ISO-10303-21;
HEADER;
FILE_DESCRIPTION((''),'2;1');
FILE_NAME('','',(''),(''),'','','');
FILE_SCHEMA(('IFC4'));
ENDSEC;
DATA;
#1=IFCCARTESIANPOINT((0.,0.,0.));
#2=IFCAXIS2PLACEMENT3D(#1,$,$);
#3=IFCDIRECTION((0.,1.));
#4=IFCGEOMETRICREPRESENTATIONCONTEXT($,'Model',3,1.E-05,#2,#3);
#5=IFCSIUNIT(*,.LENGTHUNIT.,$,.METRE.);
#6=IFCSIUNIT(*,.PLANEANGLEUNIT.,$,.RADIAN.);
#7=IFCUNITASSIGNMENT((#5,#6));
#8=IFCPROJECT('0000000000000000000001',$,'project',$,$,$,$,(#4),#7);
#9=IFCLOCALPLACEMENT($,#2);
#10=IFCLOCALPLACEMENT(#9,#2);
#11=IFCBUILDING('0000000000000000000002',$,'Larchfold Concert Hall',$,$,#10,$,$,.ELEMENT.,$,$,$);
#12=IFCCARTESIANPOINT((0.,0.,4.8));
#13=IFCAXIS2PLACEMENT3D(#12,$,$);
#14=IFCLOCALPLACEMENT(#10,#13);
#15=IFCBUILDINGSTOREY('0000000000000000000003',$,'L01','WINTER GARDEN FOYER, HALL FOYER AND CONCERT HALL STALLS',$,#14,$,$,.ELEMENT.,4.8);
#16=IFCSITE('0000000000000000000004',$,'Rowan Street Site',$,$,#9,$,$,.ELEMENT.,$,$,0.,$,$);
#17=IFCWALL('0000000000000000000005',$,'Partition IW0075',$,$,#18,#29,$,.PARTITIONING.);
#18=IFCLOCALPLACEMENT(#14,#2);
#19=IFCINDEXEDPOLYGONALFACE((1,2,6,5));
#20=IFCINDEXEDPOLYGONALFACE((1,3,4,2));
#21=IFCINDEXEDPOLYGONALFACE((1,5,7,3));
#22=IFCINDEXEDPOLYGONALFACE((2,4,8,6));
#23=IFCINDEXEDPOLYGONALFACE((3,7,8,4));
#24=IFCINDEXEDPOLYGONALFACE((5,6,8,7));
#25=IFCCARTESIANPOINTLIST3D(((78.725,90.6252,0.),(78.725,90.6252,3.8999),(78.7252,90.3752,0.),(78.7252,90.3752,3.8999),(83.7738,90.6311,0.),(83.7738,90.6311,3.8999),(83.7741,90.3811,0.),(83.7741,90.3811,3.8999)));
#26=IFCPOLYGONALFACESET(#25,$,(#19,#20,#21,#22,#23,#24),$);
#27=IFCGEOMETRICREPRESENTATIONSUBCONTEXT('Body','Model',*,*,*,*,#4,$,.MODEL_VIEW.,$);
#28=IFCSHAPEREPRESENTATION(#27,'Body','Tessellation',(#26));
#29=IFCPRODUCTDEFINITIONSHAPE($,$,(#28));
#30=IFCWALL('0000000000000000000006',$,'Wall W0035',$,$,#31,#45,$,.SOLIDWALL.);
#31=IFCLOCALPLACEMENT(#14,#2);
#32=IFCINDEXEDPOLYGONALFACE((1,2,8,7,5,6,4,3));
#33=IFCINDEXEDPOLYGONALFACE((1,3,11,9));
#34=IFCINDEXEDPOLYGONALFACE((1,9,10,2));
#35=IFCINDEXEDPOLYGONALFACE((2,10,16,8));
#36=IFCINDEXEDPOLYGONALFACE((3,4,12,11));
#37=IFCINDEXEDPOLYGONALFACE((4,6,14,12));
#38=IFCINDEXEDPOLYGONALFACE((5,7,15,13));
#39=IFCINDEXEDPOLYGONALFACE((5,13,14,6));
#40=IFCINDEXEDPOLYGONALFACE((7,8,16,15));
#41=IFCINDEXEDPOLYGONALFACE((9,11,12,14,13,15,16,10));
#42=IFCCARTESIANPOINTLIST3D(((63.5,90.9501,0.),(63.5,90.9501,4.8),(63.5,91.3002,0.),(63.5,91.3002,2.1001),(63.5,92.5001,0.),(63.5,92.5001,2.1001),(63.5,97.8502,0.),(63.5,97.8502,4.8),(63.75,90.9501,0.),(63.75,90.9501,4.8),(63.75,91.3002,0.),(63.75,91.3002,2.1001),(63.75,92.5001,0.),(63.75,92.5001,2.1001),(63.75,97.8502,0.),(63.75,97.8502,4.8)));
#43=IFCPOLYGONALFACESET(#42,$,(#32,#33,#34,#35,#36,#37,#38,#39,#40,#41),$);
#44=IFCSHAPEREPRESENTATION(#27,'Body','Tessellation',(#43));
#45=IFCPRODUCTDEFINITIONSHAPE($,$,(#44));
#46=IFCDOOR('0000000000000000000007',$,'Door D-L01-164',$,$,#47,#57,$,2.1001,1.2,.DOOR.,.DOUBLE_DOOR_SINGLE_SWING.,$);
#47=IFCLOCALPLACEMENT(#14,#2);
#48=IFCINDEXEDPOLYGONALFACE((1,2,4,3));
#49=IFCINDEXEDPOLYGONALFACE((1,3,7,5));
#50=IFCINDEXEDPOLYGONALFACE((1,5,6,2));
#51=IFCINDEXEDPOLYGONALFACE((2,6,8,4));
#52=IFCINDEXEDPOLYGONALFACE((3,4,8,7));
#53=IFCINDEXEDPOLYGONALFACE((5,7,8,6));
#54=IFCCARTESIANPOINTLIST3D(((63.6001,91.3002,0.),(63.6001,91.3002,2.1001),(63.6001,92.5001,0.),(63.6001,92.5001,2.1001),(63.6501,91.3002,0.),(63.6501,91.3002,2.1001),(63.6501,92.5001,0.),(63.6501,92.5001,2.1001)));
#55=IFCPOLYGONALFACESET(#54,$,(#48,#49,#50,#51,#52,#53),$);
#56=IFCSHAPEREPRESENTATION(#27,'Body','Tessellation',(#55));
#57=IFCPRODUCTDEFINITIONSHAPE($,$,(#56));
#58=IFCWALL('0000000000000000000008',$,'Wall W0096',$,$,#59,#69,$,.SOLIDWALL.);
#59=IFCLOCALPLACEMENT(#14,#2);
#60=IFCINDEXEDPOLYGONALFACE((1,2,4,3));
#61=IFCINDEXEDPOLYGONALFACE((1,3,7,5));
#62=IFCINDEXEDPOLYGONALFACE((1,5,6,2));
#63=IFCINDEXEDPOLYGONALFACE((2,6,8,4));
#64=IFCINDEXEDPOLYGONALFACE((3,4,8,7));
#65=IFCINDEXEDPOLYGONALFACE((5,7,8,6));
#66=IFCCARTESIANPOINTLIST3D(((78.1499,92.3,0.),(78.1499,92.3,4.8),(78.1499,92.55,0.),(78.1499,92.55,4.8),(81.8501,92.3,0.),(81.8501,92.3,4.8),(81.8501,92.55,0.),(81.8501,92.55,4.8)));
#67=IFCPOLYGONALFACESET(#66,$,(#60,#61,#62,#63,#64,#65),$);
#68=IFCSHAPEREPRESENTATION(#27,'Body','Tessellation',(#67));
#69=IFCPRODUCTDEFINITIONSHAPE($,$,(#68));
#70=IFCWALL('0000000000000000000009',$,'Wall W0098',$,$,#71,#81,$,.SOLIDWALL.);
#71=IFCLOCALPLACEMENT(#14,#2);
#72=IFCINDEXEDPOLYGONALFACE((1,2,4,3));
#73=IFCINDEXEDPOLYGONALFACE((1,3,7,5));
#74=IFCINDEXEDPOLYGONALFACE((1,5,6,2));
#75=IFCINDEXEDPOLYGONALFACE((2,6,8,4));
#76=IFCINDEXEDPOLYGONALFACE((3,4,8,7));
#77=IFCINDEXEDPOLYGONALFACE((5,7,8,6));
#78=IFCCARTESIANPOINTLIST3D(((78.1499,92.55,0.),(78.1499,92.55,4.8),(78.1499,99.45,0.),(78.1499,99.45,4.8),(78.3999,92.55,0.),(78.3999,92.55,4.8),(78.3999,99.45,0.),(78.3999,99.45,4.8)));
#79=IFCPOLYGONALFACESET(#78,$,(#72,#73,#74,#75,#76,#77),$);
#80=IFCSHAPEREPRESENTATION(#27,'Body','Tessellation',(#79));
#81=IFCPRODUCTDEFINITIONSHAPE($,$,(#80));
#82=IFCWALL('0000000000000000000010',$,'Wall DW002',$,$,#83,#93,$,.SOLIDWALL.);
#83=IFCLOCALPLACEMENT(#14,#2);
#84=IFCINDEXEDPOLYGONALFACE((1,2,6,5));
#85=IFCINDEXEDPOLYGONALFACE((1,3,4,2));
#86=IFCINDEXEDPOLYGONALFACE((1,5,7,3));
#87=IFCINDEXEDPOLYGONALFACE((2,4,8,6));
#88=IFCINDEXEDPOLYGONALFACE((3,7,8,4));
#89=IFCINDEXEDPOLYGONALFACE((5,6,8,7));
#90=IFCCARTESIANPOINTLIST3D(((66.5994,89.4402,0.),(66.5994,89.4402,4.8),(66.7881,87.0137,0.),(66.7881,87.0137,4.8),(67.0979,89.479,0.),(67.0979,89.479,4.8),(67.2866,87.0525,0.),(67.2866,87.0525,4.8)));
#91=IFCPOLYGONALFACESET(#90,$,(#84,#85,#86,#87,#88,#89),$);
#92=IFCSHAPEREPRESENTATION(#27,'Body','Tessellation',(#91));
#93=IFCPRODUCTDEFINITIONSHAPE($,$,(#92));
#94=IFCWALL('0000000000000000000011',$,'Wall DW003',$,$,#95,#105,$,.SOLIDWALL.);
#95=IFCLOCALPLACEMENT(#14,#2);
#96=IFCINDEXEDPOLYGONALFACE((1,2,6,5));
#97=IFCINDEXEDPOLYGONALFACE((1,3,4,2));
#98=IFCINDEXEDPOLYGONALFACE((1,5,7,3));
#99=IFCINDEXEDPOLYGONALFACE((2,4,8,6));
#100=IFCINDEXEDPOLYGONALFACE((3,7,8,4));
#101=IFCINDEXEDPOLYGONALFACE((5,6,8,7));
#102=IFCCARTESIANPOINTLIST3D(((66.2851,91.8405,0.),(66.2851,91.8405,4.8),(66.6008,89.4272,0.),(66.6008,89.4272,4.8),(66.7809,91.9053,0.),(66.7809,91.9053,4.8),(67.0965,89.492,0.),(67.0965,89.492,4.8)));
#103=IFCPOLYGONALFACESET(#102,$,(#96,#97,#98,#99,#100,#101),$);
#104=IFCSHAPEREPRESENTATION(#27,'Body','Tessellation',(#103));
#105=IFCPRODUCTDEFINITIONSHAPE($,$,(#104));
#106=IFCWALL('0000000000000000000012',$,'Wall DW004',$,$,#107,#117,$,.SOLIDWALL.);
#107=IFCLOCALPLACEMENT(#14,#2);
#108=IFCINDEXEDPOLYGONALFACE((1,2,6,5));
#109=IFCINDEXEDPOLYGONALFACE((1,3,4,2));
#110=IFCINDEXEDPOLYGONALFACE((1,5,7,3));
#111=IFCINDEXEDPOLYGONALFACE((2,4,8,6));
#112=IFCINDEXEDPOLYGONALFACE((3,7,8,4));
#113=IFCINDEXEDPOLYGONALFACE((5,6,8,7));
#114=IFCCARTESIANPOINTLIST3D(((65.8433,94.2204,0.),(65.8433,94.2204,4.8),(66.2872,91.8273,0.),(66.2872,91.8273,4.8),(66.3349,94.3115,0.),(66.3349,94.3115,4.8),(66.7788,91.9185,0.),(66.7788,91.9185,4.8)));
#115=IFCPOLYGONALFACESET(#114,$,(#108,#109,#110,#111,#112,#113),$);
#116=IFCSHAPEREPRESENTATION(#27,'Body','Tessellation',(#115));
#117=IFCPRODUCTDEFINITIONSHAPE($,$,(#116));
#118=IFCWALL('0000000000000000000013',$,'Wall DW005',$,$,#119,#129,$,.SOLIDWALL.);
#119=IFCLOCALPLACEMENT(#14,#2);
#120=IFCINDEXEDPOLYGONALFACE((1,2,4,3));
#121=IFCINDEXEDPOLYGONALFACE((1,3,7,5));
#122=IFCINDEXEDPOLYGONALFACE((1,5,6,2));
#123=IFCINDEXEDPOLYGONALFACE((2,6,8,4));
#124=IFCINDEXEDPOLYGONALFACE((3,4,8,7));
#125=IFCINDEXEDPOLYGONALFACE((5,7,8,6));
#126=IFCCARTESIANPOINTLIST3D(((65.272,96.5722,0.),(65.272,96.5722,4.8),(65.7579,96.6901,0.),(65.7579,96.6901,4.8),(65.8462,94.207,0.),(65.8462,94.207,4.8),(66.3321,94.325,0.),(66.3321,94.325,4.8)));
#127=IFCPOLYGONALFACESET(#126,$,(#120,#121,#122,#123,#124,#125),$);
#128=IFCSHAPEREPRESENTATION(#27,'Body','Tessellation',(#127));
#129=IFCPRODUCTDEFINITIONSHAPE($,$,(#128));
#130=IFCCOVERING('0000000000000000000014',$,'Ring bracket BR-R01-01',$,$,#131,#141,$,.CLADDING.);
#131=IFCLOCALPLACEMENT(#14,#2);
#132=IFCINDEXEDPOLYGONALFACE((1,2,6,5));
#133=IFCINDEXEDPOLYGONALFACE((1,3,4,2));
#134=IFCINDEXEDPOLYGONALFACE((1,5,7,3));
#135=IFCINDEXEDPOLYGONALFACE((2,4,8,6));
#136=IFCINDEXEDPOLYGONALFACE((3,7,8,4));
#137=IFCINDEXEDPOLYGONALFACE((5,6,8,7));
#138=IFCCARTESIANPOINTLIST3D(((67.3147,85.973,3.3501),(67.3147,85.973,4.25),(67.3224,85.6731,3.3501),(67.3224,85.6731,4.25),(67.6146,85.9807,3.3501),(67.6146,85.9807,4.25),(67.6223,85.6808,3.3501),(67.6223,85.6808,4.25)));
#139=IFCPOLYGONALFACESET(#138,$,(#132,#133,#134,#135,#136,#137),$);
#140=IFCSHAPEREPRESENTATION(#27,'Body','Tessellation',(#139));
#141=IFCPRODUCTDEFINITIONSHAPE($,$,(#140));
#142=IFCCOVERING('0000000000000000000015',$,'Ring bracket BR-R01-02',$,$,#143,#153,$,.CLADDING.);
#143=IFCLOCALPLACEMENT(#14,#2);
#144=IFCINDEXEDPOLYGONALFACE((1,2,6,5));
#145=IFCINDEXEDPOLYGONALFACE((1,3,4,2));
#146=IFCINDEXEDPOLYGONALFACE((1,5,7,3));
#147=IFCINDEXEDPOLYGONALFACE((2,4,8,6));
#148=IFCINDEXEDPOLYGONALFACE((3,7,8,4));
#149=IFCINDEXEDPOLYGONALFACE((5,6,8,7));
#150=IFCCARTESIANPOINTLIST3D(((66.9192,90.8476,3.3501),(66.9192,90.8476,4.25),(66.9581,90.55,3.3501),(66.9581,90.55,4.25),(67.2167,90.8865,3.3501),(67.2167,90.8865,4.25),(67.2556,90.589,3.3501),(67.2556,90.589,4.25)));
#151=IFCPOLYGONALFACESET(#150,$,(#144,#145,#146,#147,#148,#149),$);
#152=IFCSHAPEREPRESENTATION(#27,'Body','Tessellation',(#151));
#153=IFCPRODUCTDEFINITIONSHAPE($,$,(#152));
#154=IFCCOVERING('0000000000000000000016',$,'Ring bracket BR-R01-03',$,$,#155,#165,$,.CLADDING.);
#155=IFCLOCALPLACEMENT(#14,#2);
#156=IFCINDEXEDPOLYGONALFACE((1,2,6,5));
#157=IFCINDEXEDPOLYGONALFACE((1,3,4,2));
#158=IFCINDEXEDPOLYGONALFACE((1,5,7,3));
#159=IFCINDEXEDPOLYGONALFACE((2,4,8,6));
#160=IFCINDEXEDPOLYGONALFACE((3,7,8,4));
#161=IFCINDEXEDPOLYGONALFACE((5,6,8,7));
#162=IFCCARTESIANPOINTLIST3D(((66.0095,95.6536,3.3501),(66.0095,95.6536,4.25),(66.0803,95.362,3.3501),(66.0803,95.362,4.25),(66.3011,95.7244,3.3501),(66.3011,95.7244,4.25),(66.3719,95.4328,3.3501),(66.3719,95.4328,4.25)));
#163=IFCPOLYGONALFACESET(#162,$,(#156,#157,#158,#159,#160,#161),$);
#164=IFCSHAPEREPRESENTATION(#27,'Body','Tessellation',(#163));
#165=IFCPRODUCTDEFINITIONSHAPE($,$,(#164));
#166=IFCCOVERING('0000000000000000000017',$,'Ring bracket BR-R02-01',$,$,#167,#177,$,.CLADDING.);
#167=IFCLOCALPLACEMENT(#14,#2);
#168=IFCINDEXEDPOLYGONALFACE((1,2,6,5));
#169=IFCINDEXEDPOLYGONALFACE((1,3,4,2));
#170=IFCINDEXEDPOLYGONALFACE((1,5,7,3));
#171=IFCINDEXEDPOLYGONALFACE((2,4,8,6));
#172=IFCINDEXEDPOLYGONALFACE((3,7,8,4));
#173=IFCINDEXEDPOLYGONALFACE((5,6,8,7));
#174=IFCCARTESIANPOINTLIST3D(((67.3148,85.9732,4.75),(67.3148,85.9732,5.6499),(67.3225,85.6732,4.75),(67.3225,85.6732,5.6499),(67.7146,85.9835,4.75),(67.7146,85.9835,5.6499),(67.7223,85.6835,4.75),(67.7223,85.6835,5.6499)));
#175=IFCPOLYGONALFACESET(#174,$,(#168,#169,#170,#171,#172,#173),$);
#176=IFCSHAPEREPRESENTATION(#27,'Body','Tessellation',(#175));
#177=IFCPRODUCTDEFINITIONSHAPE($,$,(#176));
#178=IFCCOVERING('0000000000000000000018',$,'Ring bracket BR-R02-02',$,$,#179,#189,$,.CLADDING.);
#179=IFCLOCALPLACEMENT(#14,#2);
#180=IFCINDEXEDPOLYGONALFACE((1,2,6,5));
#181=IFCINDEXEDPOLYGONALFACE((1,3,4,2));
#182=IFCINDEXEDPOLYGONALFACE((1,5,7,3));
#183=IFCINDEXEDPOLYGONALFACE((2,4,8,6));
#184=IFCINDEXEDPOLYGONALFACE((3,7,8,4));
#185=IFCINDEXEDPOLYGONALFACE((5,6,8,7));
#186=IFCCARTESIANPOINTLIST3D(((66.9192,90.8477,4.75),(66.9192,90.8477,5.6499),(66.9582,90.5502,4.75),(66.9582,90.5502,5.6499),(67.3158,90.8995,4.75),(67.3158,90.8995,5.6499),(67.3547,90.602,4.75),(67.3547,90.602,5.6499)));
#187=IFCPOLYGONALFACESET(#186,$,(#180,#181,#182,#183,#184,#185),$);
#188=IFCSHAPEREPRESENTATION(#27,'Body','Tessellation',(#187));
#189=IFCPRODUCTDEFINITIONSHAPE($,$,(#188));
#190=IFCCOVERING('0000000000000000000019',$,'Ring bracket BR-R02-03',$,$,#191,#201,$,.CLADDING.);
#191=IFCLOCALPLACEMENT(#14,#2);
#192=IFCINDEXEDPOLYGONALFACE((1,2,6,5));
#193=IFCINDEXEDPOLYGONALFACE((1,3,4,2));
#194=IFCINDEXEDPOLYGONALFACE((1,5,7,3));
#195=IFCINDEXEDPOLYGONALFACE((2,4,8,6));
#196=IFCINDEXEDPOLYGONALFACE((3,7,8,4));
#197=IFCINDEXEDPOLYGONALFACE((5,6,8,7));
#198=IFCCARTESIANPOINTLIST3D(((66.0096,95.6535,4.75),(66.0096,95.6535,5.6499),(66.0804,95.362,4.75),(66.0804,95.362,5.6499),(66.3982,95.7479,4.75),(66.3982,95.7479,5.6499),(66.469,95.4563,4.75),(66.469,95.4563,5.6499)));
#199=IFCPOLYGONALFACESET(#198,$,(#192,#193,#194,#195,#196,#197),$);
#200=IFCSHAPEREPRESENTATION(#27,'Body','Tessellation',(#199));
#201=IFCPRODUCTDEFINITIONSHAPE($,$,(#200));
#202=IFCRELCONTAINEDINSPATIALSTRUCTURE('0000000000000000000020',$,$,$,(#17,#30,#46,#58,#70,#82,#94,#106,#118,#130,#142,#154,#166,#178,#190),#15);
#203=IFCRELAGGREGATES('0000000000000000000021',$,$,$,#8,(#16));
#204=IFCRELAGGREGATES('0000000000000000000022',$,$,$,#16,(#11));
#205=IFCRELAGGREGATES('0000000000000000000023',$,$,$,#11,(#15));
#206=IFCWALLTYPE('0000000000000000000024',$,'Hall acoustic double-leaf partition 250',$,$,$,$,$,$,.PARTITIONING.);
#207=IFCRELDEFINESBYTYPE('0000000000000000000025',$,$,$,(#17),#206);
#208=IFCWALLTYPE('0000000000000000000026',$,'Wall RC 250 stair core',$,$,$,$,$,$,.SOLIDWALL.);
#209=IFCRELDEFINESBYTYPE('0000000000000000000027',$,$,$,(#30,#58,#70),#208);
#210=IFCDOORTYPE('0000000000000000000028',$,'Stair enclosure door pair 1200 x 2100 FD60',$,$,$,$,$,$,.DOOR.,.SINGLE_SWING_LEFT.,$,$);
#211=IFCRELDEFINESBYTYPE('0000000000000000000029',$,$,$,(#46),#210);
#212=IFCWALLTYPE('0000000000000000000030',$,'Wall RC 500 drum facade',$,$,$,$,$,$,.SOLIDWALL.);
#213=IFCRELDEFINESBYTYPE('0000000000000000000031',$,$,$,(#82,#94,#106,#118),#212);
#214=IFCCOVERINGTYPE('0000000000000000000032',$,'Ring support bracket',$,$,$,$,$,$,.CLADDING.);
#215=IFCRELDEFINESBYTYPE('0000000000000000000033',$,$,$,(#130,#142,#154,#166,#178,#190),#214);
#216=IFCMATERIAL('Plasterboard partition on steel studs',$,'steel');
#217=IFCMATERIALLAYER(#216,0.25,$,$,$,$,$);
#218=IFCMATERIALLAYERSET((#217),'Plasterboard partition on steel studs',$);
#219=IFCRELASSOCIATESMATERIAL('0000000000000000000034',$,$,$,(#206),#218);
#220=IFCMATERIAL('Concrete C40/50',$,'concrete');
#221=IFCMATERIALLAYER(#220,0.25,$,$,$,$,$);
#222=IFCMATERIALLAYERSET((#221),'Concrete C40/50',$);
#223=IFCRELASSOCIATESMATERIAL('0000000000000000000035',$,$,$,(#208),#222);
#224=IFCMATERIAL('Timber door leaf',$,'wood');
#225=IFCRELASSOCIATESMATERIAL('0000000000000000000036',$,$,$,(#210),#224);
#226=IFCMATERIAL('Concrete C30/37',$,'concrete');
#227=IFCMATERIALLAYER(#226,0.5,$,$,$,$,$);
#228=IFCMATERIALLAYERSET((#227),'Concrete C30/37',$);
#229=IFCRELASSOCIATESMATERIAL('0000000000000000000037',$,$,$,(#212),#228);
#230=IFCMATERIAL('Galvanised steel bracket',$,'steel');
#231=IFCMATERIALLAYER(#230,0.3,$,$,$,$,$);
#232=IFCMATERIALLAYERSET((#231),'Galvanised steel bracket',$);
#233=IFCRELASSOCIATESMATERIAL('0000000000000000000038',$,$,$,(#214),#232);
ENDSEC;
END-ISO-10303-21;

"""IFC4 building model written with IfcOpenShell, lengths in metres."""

from ifc_helpers import new_model, si_unit, direction, frame, frame_2d, origin, origin_2d, place, context, subcontext, project, spatial, rectangle, extrude, material, layer, layer_set, type_object, element, fill, save


model = new_model("IFC4")

# Units and contexts
model_context = context("Model", 3, precision=1e-05, world=origin(), true_north=direction((0.0, 1.0)))
body_context = subcontext(model_context, "Body", "Model", "MODEL_VIEW")
ifc_project = project(units=[si_unit("LENGTHUNIT", "METRE"), si_unit("PLANEANGLEUNIT", "RADIAN")], contexts=[model_context])

# Site, building, storey
site_placement = place(None, origin())
site = spatial("IfcSite", under=ifc_project, at=site_placement, Name="Rowan Street Site", CompositionType="ELEMENT", RefElevation=0.0)
building_placement = place(site_placement, origin())
building = spatial("IfcBuilding", under=site, at=building_placement, Name="Larchfold Concert Hall", CompositionType="ELEMENT")
storey_placement = place(building_placement, frame((0.0, 0.0, 4.8)))
storey = spatial("IfcBuildingStorey", under=building, at=storey_placement, Name="L01", Description="WINTER GARDEN FOYER, HALL FOYER AND CONCERT HALL STALLS", CompositionType="ELEMENT", Elevation=4.8)

# Wall
ifc_material_1 = material(Name="Plasterboard partition on steel studs", Category="steel")
ifc_layer_1 = layer(ifc_material_1, 0.25)
ifc_layer_set_1 = layer_set([ifc_layer_1], Name="Plasterboard partition on steel studs")
wall_type_1 = type_object("IfcWallType", Name="Hall acoustic double-leaf partition 250", PredefinedType="PARTITIONING", material=ifc_layer_set_1)
wall_1_placement = place(storey_placement, frame((78.7251, 90.5002, 0.0), z_axis=(0.0, 0.0, 1.0), x_axis=(0.999999, 0.001161, 0.0)))
element("IfcWall", 1, at=wall_1_placement, inside=storey, type_object=wall_type_1, Name="Partition IW0075", PredefinedType="PARTITIONING", context=body_context, shape_type="SweptSolid", body=[
    extrude(rectangle(XDim=5.0488, YDim=0.25, at=frame_2d((2.5244, 0.0))), origin(), (0.0, 0.0, 1.0), 3.8999),
])

# Wall, opening, door
ifc_material_2 = material(Name="Concrete C40/50", Category="concrete")
ifc_layer_2 = layer(ifc_material_2, 0.25)
ifc_layer_set_2 = layer_set([ifc_layer_2], Name="Concrete C40/50")
wall_type_2 = type_object("IfcWallType", Name="Wall RC 250 stair core", PredefinedType="SOLIDWALL", material=ifc_layer_set_2)
wall_2_placement = place(storey_placement, frame((63.625, 90.95, 0.0), z_axis=(0.0, 0.0, 1.0), x_axis=(0.0, 1.0, 0.0)))
wall_2 = element("IfcWall", 2, at=wall_2_placement, inside=storey, type_object=wall_type_2, Name="Wall W0035", PredefinedType="SOLIDWALL", context=body_context, shape_type="SweptSolid", body=[
    extrude(rectangle(XDim=6.9001, YDim=0.25, at=frame_2d((3.4502, 0.0))), origin(), (0.0, 0.0, 1.0), 4.8),
])
opening_1_placement = place(wall_2_placement, frame((0.3501, 0.0, 0.0)))
opening_1 = element("IfcOpeningElement", 3, at=opening_1_placement, cuts=wall_2, PredefinedType="OPENING", context=body_context, shape_type="SweptSolid", body=[
    extrude(rectangle(XDim=1.2, YDim=2.1001, at=frame_2d((0.6001, 1.05))), frame((0.0, 0.135, 0.0), z_axis=(0.0, -1.0, 0.0), x_axis=(1.0, 0.0, 0.0)), (0.0, 0.0, 1.0), 0.27),
])
ifc_material_3 = material(Name="Timber door leaf", Category="wood")
door_type = type_object("IfcDoorType", Name="Stair enclosure door pair 1200 x 2100 FD60", OperationType="SINGLE_SWING_LEFT", PredefinedType="DOOR", material=ifc_material_3)
door_placement = place(opening_1_placement, origin())
door = element("IfcDoor", 4, at=door_placement, inside=storey, type_object=door_type, Name="Door D-L01-164", OperationType="DOUBLE_DOOR_SINGLE_SWING", OverallHeight=2.1001, OverallWidth=1.2, PredefinedType="DOOR", context=body_context, shape_type="SweptSolid", body=[
    extrude(rectangle(XDim=1.2, YDim=2.1001, at=frame_2d((0.6001, 1.05))), frame((0.0, 0.0249, 0.0), z_axis=(0.0, -1.0, 0.0), x_axis=(1.0, 0.0, 0.0)), (0.0, 0.0, 1.0), 0.05),
])
fill(opening_1, door)

# Walls
wall_3_placement = place(storey_placement, frame((78.1499, 92.425, 0.0), z_axis=(0.0, 0.0, 1.0), x_axis=(1.0, 0.0, 0.0)))
element("IfcWall", 5, at=wall_3_placement, inside=storey, type_object=wall_type_2, Name="Wall W0096", PredefinedType="SOLIDWALL", context=body_context, shape_type="SweptSolid", body=[
    extrude(rectangle(XDim=3.7002, YDim=0.25, at=frame_2d((1.8501, 0.0))), origin(), (0.0, 0.0, 1.0), 4.8),
])
wall_4_placement = place(storey_placement, frame((78.2749, 92.55, 0.0), z_axis=(0.0, 0.0, 1.0), x_axis=(0.0, 1.0, 0.0)))
element("IfcWall", 6, at=wall_4_placement, inside=storey, type_object=wall_type_2, Name="Wall W0098", PredefinedType="SOLIDWALL", context=body_context, shape_type="SweptSolid", body=[
    extrude(rectangle(XDim=6.8999, YDim=0.25, at=frame_2d((3.45, 0.0))), origin(), (0.0, 0.0, 1.0), 4.8),
])
ifc_material_4 = material(Name="Concrete C30/37", Category="concrete")
ifc_layer_3 = layer(ifc_material_4, 0.5)
ifc_layer_set_3 = layer_set([ifc_layer_3], Name="Concrete C30/37")
wall_type_3 = type_object("IfcWallType", Name="Wall RC 500 drum facade", PredefinedType="SOLIDWALL", material=ifc_layer_set_3)
for number, where, z_axis, x_axis, name in (
    (7, (67.0374, 87.0332, 0.0), (0.0, 0.0, 1.0), (-0.07754, 0.996989, 0.0), "Wall DW002"),
    (8, (66.8486, 89.4597, 0.0), (0.0, 0.0, 1.0), (-0.129699, 0.991553, 0.0), "Wall DW003"),
    (9, (66.533, 91.873, 0.0), (0.0, 0.0, 1.0), (-0.182362, 0.983231, 0.0), "Wall DW004"),
    (10, (66.0891, 94.2661, 0.0), (0.0, 0.0, 1.0), (-0.235922, 0.971772, 0.0), "Wall DW005"),
):
    element("IfcWall", number, at=place(storey_placement, frame(where, z_axis=z_axis, x_axis=x_axis)), inside=storey, type_object=wall_type_3, Name=name, PredefinedType="SOLIDWALL", context=body_context, shape_type="SweptSolid", body=[
        extrude(rectangle(XDim=2.4338, YDim=0.5, at=frame_2d((1.2168, 0.0))), origin(), (0.0, 0.0, 1.0), 4.8),
    ])

# Coverings
ifc_material_5 = material(Name="Galvanised steel bracket", Category="steel")
ifc_layer_4 = layer(ifc_material_5, 0.3)
ifc_layer_set_4 = layer_set([ifc_layer_4], Name="Galvanised steel bracket")
covering_type = type_object("IfcCoveringType", Name="Ring support bracket", PredefinedType="CLADDING", material=ifc_layer_set_4)
for number, where, z_axis, x_axis, name in (
    (11, (67.4685, 85.8269, 3.3501), (0.0, 0.0, 1.0), (0.999669, 0.025743, 0.0), "Ring bracket BR-R01-01"),
    (12, (67.0874, 90.7183, 3.3501), (0.0, 0.0, 1.0), (0.991554, 0.129693, 0.0), "Ring bracket BR-R01-02"),
    (13, (66.1907, 95.5432, 3.3501), (0.0, 0.0, 1.0), (0.971763, 0.23596, 0.0), "Ring bracket BR-R01-03"),
):
    element("IfcCovering", number, at=place(storey_placement, frame(where, z_axis=z_axis, x_axis=x_axis)), inside=storey, type_object=covering_type, Name=name, PredefinedType="CLADDING", context=body_context, shape_type="SweptSolid", body=[
        extrude(rectangle(XDim=0.3, YDim=0.3, at=origin_2d()), origin(), (0.0, 0.0, 1.0), 0.8999),
    ])
for number, where, z_axis, x_axis, name in (
    (14, (67.5186, 85.8284, 4.75), (0.0, 0.0, 1.0), (0.999669, 0.025743, 0.0), "Ring bracket BR-R02-01"),
    (15, (67.137, 90.7249, 4.75), (0.0, 0.0, 1.0), (0.991554, 0.129693, 0.0), "Ring bracket BR-R02-02"),
    (16, (66.2393, 95.5549, 4.75), (0.0, 0.0, 1.0), (0.971763, 0.23596, 0.0), "Ring bracket BR-R02-03"),
):
    element("IfcCovering", number, at=place(storey_placement, frame(where, z_axis=z_axis, x_axis=x_axis)), inside=storey, type_object=covering_type, Name=name, PredefinedType="CLADDING", context=body_context, shape_type="SweptSolid", body=[
        extrude(rectangle(XDim=0.3999, YDim=0.3, at=origin_2d()), origin(), (0.0, 0.0, 1.0), 0.8999),
    ])

save(model, "model.ifc")
